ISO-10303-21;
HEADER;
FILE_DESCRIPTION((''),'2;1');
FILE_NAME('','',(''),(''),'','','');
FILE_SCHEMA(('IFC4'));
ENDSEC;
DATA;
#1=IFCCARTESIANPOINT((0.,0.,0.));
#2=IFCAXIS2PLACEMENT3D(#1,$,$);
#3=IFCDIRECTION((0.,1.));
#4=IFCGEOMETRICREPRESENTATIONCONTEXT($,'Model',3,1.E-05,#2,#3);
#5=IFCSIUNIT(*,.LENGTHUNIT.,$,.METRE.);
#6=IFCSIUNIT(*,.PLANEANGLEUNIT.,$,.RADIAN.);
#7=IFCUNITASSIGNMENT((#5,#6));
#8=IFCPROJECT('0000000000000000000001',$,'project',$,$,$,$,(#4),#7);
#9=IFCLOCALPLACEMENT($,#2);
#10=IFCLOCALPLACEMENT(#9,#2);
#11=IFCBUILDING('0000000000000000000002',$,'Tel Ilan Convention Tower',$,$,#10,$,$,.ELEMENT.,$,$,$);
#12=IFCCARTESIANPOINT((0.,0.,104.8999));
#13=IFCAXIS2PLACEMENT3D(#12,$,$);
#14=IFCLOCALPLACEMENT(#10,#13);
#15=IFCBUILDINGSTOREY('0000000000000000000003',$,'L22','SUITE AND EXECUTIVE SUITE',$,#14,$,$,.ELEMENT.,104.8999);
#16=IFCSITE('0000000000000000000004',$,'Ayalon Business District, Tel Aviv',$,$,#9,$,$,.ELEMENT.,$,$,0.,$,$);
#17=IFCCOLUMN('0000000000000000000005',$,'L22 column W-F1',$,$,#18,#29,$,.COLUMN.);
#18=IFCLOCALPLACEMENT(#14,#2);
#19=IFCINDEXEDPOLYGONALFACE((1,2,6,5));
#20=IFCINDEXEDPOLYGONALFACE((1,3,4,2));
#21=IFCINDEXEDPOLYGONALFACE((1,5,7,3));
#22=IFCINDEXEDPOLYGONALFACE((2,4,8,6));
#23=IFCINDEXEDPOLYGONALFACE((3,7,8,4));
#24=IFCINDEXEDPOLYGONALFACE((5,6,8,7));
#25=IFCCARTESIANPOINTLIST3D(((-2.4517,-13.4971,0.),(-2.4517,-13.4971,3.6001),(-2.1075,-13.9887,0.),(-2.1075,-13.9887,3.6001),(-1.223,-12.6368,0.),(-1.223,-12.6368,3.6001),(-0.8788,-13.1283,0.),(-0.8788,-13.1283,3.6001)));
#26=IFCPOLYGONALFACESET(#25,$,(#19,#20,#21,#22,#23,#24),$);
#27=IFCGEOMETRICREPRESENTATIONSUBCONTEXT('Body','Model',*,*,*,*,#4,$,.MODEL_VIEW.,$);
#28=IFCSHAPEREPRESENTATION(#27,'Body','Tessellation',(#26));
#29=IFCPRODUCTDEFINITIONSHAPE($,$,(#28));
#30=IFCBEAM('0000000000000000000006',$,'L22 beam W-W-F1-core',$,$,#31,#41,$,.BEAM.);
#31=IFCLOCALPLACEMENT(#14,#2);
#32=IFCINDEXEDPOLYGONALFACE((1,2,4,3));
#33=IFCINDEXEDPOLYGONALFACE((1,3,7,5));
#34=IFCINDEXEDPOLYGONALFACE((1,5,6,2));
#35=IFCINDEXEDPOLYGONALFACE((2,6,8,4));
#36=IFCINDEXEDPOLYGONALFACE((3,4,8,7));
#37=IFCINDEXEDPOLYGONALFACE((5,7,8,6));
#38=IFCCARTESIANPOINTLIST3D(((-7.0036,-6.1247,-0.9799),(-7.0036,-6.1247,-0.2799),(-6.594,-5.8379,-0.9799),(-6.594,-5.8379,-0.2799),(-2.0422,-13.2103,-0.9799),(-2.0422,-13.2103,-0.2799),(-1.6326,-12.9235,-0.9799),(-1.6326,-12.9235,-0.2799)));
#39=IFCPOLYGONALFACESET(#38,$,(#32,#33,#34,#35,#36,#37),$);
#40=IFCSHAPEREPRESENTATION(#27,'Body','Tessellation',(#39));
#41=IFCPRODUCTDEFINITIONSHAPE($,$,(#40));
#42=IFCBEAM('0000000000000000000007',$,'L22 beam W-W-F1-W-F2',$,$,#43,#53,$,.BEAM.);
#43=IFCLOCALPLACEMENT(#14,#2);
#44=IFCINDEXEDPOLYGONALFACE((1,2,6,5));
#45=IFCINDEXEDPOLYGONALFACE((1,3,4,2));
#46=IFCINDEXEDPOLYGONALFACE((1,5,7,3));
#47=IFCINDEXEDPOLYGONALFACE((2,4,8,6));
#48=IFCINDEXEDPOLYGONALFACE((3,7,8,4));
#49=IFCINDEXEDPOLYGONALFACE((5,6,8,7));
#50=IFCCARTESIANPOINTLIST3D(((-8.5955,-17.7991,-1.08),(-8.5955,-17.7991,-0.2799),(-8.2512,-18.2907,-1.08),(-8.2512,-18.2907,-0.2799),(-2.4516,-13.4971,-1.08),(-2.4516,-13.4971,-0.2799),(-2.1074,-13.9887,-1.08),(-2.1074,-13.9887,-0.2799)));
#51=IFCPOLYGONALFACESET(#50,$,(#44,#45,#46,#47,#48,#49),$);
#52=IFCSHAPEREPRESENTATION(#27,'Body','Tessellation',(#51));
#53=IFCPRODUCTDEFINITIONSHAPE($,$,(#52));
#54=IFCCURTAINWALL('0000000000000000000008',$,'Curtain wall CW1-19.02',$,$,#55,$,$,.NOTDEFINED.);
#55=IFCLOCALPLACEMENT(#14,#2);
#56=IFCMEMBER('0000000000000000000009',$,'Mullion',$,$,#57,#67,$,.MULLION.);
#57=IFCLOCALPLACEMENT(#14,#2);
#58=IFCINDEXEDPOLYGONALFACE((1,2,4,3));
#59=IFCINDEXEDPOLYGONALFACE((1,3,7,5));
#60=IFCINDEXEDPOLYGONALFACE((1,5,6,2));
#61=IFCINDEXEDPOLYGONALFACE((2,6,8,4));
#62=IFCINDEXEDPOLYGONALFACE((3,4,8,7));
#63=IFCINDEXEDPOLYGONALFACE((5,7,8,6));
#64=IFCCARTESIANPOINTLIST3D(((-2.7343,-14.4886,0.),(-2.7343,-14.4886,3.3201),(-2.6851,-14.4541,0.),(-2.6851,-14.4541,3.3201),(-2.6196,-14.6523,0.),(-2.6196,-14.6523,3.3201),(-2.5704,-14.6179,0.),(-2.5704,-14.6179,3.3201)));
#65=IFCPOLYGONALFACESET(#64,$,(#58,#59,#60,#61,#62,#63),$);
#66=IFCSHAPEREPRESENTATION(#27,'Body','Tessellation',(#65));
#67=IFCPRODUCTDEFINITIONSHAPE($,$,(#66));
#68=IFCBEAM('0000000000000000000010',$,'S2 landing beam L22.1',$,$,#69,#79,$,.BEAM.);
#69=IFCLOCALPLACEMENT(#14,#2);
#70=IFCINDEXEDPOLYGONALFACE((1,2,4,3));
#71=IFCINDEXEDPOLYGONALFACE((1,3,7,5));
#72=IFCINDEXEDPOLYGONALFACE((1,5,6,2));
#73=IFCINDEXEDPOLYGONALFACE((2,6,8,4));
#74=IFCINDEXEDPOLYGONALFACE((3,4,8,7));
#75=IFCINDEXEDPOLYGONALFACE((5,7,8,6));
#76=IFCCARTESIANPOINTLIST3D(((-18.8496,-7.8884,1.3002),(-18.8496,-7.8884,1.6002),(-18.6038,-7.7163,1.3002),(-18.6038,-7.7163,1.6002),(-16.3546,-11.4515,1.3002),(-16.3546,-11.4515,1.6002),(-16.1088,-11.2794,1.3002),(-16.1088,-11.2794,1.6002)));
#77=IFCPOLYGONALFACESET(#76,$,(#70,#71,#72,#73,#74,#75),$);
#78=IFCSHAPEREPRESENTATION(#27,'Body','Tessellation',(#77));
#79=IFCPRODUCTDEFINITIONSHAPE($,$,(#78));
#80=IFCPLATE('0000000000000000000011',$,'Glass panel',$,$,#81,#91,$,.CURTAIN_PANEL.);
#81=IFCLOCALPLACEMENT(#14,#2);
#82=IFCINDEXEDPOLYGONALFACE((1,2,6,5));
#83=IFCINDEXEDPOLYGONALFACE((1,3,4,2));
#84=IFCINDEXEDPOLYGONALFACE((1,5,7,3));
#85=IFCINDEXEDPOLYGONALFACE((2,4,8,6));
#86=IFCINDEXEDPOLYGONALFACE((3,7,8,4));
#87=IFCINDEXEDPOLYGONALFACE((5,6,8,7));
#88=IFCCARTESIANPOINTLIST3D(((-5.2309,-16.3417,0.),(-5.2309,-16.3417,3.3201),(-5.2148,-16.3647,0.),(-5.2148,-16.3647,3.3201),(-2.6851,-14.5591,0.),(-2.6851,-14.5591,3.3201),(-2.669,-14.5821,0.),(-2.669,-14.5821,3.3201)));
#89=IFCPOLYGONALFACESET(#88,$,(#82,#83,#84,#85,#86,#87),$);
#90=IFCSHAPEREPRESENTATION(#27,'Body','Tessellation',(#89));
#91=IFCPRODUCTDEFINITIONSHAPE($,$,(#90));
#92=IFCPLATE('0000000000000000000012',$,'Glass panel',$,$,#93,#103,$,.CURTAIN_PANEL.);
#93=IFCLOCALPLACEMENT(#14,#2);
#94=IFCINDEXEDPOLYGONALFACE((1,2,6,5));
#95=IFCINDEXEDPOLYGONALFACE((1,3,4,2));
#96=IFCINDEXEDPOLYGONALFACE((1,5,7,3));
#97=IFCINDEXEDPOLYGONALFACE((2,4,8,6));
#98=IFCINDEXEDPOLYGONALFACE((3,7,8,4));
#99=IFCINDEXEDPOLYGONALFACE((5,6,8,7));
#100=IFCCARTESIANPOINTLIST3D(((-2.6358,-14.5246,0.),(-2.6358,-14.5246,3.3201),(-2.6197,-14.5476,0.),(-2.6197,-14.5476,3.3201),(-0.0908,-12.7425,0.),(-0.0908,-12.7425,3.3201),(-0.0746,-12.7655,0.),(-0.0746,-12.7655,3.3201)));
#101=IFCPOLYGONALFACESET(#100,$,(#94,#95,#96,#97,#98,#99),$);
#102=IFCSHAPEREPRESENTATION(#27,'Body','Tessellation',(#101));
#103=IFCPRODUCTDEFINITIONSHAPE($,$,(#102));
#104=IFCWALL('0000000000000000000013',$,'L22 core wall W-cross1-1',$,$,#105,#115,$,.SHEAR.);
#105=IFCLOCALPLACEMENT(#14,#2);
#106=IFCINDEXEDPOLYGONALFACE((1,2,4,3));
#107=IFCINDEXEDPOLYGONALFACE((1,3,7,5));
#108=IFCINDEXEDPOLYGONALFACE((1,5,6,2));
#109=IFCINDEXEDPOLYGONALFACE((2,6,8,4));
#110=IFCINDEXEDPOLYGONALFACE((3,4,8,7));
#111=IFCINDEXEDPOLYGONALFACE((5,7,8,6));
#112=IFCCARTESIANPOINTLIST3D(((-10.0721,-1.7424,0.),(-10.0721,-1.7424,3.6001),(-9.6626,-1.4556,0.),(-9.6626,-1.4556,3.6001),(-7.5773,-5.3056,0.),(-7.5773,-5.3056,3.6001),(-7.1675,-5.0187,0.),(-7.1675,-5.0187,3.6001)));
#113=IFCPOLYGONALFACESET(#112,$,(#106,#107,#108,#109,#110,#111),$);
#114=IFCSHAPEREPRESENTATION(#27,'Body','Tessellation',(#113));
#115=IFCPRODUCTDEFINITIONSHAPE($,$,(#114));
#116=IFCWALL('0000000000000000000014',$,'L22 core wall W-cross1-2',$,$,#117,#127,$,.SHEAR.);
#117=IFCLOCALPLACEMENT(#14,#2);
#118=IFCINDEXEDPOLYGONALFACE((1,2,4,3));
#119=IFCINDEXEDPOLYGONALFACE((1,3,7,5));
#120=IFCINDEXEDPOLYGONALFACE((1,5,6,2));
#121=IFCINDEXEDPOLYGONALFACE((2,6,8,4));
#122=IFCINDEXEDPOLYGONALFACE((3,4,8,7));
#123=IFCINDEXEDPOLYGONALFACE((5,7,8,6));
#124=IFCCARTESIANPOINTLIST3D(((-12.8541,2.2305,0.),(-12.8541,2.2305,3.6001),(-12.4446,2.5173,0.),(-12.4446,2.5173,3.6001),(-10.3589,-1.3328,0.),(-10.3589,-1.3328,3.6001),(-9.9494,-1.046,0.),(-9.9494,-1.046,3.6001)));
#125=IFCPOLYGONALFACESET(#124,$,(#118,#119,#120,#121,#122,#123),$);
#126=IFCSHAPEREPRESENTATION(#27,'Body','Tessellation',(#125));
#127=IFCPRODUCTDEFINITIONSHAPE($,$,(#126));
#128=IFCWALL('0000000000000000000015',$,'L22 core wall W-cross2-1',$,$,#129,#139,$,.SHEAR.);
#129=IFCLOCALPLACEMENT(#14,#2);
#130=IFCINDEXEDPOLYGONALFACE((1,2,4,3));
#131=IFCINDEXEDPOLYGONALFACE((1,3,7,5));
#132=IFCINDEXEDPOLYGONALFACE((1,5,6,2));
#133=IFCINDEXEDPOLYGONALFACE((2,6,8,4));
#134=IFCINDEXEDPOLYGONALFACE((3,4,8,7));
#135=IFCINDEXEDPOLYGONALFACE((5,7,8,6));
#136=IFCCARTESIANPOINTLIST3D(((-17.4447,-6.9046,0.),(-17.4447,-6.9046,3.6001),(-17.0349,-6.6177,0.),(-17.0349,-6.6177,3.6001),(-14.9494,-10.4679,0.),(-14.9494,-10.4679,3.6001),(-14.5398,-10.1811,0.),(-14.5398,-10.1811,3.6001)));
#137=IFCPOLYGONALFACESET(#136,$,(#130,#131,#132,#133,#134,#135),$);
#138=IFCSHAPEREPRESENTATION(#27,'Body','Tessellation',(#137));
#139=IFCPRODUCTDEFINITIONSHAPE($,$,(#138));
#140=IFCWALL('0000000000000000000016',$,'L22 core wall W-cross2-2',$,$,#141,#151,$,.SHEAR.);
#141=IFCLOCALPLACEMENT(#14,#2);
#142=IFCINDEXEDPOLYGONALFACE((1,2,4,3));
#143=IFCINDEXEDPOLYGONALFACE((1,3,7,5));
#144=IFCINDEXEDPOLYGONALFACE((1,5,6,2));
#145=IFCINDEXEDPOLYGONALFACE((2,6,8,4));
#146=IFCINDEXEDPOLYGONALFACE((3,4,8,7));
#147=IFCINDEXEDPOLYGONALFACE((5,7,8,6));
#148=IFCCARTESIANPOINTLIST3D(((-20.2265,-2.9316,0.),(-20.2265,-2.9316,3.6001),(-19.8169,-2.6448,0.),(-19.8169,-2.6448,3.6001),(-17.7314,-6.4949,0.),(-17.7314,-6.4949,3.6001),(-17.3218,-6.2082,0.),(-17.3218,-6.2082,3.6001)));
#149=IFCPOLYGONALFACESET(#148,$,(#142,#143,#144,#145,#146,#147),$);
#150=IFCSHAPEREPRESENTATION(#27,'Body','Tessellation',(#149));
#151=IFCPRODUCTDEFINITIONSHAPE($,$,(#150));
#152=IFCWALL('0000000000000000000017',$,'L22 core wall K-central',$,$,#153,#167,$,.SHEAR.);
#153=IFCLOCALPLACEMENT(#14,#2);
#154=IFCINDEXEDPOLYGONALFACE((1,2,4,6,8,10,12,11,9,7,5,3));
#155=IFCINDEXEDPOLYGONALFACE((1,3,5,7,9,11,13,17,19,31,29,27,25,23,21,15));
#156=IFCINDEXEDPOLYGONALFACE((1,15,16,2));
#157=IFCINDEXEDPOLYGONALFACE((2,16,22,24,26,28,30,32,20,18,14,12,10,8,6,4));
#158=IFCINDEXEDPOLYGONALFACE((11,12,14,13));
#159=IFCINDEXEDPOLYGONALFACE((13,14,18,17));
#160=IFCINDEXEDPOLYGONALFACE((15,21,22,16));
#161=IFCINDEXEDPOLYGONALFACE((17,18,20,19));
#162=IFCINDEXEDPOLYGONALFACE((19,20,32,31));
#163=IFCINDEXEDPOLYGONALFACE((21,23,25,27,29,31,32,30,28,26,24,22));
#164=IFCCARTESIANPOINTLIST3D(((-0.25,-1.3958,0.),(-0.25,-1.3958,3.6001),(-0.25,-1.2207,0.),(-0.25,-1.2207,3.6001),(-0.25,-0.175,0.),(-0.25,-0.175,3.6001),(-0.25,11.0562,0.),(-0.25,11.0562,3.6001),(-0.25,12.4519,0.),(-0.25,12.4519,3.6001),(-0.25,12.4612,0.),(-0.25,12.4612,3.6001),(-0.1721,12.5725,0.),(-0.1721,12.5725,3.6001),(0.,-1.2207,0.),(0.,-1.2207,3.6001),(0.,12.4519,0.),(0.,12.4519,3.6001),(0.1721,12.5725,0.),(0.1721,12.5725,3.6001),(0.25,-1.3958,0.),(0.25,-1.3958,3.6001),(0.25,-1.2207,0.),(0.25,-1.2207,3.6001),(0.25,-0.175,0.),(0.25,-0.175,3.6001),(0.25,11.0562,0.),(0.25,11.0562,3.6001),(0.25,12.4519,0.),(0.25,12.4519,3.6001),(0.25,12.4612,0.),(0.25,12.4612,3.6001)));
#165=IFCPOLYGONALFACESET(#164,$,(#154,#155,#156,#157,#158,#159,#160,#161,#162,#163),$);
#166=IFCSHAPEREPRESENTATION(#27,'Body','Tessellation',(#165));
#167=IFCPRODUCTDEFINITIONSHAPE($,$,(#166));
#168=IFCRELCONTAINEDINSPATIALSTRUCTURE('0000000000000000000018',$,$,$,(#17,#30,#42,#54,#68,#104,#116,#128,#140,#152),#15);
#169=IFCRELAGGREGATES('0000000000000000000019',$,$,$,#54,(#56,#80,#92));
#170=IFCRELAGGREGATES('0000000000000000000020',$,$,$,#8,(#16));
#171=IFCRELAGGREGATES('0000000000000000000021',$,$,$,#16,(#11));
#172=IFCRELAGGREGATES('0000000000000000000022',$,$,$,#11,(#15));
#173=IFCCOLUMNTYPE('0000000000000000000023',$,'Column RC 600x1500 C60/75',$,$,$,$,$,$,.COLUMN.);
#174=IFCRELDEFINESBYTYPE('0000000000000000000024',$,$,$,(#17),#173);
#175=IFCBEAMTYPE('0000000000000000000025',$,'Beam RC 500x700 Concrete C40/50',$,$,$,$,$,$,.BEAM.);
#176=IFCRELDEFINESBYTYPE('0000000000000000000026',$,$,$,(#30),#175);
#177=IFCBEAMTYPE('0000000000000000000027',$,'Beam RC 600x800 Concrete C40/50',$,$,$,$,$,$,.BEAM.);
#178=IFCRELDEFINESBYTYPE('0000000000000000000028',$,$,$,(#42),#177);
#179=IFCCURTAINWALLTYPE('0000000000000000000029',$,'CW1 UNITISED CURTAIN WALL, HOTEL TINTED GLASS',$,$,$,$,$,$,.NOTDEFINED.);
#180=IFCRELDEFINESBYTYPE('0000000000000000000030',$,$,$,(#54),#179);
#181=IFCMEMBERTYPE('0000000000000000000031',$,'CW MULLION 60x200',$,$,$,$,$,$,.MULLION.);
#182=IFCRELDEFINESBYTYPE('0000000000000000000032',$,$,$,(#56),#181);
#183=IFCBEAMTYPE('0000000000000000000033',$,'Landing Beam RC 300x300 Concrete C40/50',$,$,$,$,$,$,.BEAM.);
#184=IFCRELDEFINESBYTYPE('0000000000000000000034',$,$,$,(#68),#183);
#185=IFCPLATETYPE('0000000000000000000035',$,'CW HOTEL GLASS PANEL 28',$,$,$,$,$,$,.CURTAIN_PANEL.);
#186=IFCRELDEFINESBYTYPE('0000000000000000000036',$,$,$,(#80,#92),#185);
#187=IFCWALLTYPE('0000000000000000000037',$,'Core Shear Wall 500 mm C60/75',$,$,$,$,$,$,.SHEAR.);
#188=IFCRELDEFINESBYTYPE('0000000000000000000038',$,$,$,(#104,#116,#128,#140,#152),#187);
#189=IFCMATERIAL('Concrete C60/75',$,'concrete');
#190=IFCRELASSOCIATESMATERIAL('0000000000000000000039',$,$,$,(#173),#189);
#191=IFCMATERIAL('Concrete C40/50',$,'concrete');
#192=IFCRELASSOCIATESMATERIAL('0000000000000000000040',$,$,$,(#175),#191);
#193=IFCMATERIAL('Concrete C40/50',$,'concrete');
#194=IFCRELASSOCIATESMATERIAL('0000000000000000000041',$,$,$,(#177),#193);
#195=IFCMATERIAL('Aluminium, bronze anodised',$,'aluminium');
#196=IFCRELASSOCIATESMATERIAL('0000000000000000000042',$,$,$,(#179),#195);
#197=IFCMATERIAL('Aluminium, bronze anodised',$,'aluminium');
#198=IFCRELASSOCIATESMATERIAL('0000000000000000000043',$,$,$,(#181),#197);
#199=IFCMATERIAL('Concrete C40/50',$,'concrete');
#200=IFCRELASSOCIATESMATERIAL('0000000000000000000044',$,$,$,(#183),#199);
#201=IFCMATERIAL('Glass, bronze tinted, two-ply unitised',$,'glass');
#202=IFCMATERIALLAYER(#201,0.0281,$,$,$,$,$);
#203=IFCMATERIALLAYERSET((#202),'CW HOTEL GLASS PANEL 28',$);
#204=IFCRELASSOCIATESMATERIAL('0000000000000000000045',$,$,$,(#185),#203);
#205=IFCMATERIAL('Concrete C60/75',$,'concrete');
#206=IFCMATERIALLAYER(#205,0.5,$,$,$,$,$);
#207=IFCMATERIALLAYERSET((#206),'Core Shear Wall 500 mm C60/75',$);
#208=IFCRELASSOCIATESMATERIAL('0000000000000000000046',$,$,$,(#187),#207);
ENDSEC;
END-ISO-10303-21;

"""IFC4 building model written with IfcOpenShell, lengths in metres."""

from ifc_helpers import new_model, si_unit, direction, frame, origin, origin_2d, place, context, subcontext, project, spatial, polyline, rectangle, outline, extrude, material, layer, layer_set, material_profile, profile_set, type_object, element, aggregate, save


model = new_model("IFC4")

# Units and contexts
model_context = context("Model", 3, precision=1e-05, world=origin(), true_north=direction((0.0, 1.0)))
body_context = subcontext(model_context, "Body", "Model", "MODEL_VIEW")
ifc_project = project(units=[si_unit("LENGTHUNIT", "METRE"), si_unit("PLANEANGLEUNIT", "RADIAN")], contexts=[model_context])

# Site, building, storey
site_placement = place(None, origin())
site = spatial("IfcSite", under=ifc_project, at=site_placement, Name="Ayalon Business District, Tel Aviv", CompositionType="ELEMENT", RefElevation=0.0)
building_placement = place(site_placement, origin())
building = spatial("IfcBuilding", under=site, at=building_placement, Name="Tel Ilan Convention Tower", CompositionType="ELEMENT")
storey_placement = place(building_placement, frame((0.0, 0.0, 104.8999)))
storey = spatial("IfcBuildingStorey", under=building, at=storey_placement, Name="L22", Description="SUITE AND EXECUTIVE SUITE", CompositionType="ELEMENT", Elevation=104.8999)

# Column
ifc_material_1 = material(Name="Concrete C60/75", Category="concrete")
ifc_material_profile_1 = material_profile(ifc_material_1, rectangle(XDim=1.5, YDim=0.6001, at=origin_2d()), Name="RC 600x1500")
ifc_profile_set_1 = profile_set([ifc_material_profile_1], Name="Concrete C60/75")
column_type = type_object("IfcColumnType", Name="Column RC 600x1500 C60/75", PredefinedType="COLUMN", material=ifc_profile_set_1)
column_placement = place(storey_placement, frame((-1.6653, -13.3127, 0.0), z_axis=(0.0, 0.0, 1.0), x_axis=(-0.819152, -0.573576, 0.0)))
element("IfcColumn", 1, at=column_placement, inside=storey, type_object=column_type, Name="L22 column W-F1", PredefinedType="COLUMN", context=body_context, shape_type="SweptSolid", body=[
    extrude(rectangle(XDim=1.5, YDim=0.6001, at=origin_2d()), origin(), (0.0, 0.0, 1.0), 3.6001),
])

# Beams
ifc_material_2 = material(Name="Concrete C40/50", Category="concrete")
ifc_material_profile_2 = material_profile(ifc_material_2, rectangle(XDim=0.5, YDim=0.7, at=origin_2d()), Name="RC 500x700")
ifc_profile_set_2 = profile_set([ifc_material_profile_2], Name="Concrete C40/50")
beam_type_1 = type_object("IfcBeamType", Name="Beam RC 500x700 Concrete C40/50", PredefinedType="BEAM", material=ifc_profile_set_2)
beam_1_placement = place(storey_placement, frame((-1.8374, -13.0669, -0.6299), z_axis=(-0.573574, 0.819154, 0.0), x_axis=(-0.819154, -0.573574, 0.0)))
element("IfcBeam", 2, at=beam_1_placement, inside=storey, type_object=beam_type_1, Name="L22 beam W-W-F1-core", PredefinedType="BEAM", context=body_context, shape_type="SweptSolid", body=[
    extrude(rectangle(XDim=0.5, YDim=0.7, at=origin_2d()), origin(), (0.0, 0.0, 1.0), 8.6499),
])
ifc_material_3 = material(Name="Concrete C40/50", Category="concrete")
ifc_material_profile_3 = material_profile(ifc_material_3, rectangle(XDim=0.6001, YDim=0.8, at=origin_2d()), Name="RC 600x800")
ifc_profile_set_3 = profile_set([ifc_material_profile_3], Name="Concrete C40/50")
beam_type_2 = type_object("IfcBeamType", Name="Beam RC 600x800 Concrete C40/50", PredefinedType="BEAM", material=ifc_profile_set_3)
beam_2_placement = place(storey_placement, frame((-2.2795, -13.7429, -0.6799), z_axis=(-0.819148, -0.573582, 0.0), x_axis=(0.573582, -0.819148, 0.0)))
element("IfcBeam", 3, at=beam_2_placement, inside=storey, type_object=beam_type_2, Name="L22 beam W-W-F1-W-F2", PredefinedType="BEAM", context=body_context, shape_type="SweptSolid", body=[
    extrude(rectangle(XDim=0.6001, YDim=0.8, at=origin_2d()), origin(), (0.0, 0.0, 1.0), 7.5002),
])

# Curtain wall, member
ifc_material_4 = material(Name="Aluminium, bronze anodised", Category="aluminium")
curtain_wall_type = type_object("IfcCurtainWallType", Name="CW1 UNITISED CURTAIN WALL, HOTEL TINTED GLASS", PredefinedType="NOTDEFINED", material=ifc_material_4)
curtain_wall_placement = place(storey_placement, origin())
curtain_wall = element("IfcCurtainWall", 4, at=curtain_wall_placement, inside=storey, type_object=curtain_wall_type, Name="Curtain wall CW1-19.02", PredefinedType="NOTDEFINED")
ifc_material_5 = material(Name="Aluminium, bronze anodised", Category="aluminium")
ifc_material_profile_4 = material_profile(ifc_material_5, rectangle(XDim=0.0601, YDim=0.2, at=origin_2d()), Name="CW MULLION 60x200")
ifc_profile_set_4 = profile_set([ifc_material_profile_4], Name="Aluminium, bronze anodised")
member_type = type_object("IfcMemberType", Name="CW MULLION 60x200", PredefinedType="MULLION", material=ifc_profile_set_4)
member_placement = place(storey_placement, frame((-2.6523, -14.5532, 0.0), z_axis=(0.0, 0.0, 1.0), x_axis=(0.819152, 0.573576, 0.0)))
member = element("IfcMember", 5, at=member_placement, type_object=member_type, Name="Mullion", PredefinedType="MULLION", context=body_context, shape_type="SweptSolid", body=[
    extrude(rectangle(XDim=0.0601, YDim=0.2, at=origin_2d()), origin(), (0.0, 0.0, 1.0), 3.3201),
])

# Beam
ifc_material_6 = material(Name="Concrete C40/50", Category="concrete")
ifc_material_profile_5 = material_profile(ifc_material_6, rectangle(XDim=0.3, YDim=0.3, at=origin_2d()), Name="RC 300x300")
ifc_profile_set_5 = profile_set([ifc_material_profile_5], Name="Concrete C40/50")
beam_type_3 = type_object("IfcBeamType", Name="Landing Beam RC 300x300 Concrete C40/50", PredefinedType="BEAM", material=ifc_profile_set_5)
beam_3_placement = place(storey_placement, frame((-16.2317, -11.3655, 1.4502), z_axis=(-0.573594, 0.81914, 0.0), x_axis=(-0.81914, -0.573594, 0.0)))
element("IfcBeam", 6, at=beam_3_placement, inside=storey, type_object=beam_type_3, Name="S2 landing beam L22.1", PredefinedType="BEAM", context=body_context, shape_type="SweptSolid", body=[
    extrude(rectangle(XDim=0.3, YDim=0.3, at=origin_2d()), origin(), (0.0, 0.0, 1.0), 4.3499),
])

# Plates
ifc_material_7 = material(Name="Glass, bronze tinted, two-ply unitised", Category="glass")
ifc_layer_1 = layer(ifc_material_7, 0.0281)
ifc_layer_set_1 = layer_set([ifc_layer_1], Name="CW HOTEL GLASS PANEL 28")
plate_type = type_object("IfcPlateType", Name="CW HOTEL GLASS PANEL 28", PredefinedType="CURTAIN_PANEL", material=ifc_layer_set_1)
plate_1_placement = place(storey_placement, frame((-3.95, -15.4619, 0.0), z_axis=(0.0, 0.0, 1.0), x_axis=(0.819152, 0.573576, 0.0)))
plate_1 = element("IfcPlate", 7, at=plate_1_placement, type_object=plate_type, Name="Glass panel", PredefinedType="CURTAIN_PANEL", context=body_context, shape_type="SweptSolid", body=[
    extrude(rectangle(XDim=3.1079, YDim=0.0281, at=origin_2d()), origin(), (0.0, 0.0, 1.0), 3.3201),
])
plate_2_placement = place(storey_placement, frame((-1.3552, -13.645, 0.0), z_axis=(0.0, 0.0, 1.0), x_axis=(0.819152, 0.573576, 0.0)))
plate_2 = element("IfcPlate", 8, at=plate_2_placement, type_object=plate_type, Name="Glass panel", PredefinedType="CURTAIN_PANEL", context=body_context, shape_type="SweptSolid", body=[
    extrude(rectangle(XDim=3.1069, YDim=0.0281, at=origin_2d()), origin(), (0.0, 0.0, 1.0), 3.3201),
])
aggregate(curtain_wall, [member, plate_1, plate_2])

# Walls
ifc_material_8 = material(Name="Concrete C60/75", Category="concrete")
ifc_layer_2 = layer(ifc_material_8, 0.5)
ifc_layer_set_2 = layer_set([ifc_layer_2], Name="Core Shear Wall 500 mm C60/75")
wall_type_1 = type_object("IfcWallType", Name="Core Shear Wall 500 mm C60/75", PredefinedType="SHEAR", material=ifc_layer_set_2)
wall_1_placement = place(storey_placement, frame((-7.3723, -5.1621, 0.0), z_axis=(0.0, 0.0, 1.0), x_axis=(-0.573594, 0.81914, 0.0)))
element("IfcWall", 9, at=wall_1_placement, inside=storey, type_object=wall_type_1, Name="L22 core wall W-cross1-1", PredefinedType="SHEAR", context=body_context, shape_type="SweptSolid", body=[
    extrude(outline(polyline([(4.3499, 0.25), (0.0, 0.2502), (0.0, -0.25), (4.3499, -0.25), (4.3499, 0.25)])), origin(), (0.0, 0.0, 1.0), 3.6001),
])
wall_2_placement = place(storey_placement, frame((-10.1543, -1.1892, 0.0), z_axis=(0.0, 0.0, 1.0), x_axis=(-0.573594, 0.81914, 0.0)))
element("IfcWall", 10, at=wall_2_placement, inside=storey, type_object=wall_type_1, Name="L22 core wall W-cross1-2", PredefinedType="SHEAR", context=body_context, shape_type="SweptSolid", body=[
    extrude(outline(polyline([(4.3499, -0.25), (4.3499, 0.25), (-0.0002, 0.25), (-0.0002, -0.25), (4.3499, -0.25)])), origin(), (0.0, 0.0, 1.0), 3.6001),
])
wall_3_placement = place(storey_placement, frame((-14.7446, -10.3245, 0.0), z_axis=(0.0, 0.0, 1.0), x_axis=(-0.573568, 0.819158, 0.0)))
element("IfcWall", 11, at=wall_3_placement, inside=storey, type_object=wall_type_1, Name="L22 core wall W-cross2-1", PredefinedType="SHEAR", context=body_context, shape_type="SweptSolid", body=[
    extrude(outline(polyline([(4.3501, 0.2502), (0.0, 0.25), (0.0, -0.25), (4.3501, -0.25), (4.3501, 0.2502)])), origin(), (0.0, 0.0, 1.0), 3.6001),
])
wall_4_placement = place(storey_placement, frame((-17.5266, -6.3516, 0.0), z_axis=(0.0, 0.0, 1.0), x_axis=(-0.57353, 0.819184, 0.0)))
element("IfcWall", 12, at=wall_4_placement, inside=storey, type_object=wall_type_1, Name="L22 core wall W-cross2-2", PredefinedType="SHEAR", context=body_context, shape_type="SweptSolid", body=[
    extrude(outline(polyline([(4.3501, -0.2498), (4.3501, 0.2502), (0.0, 0.25), (0.0, -0.25), (4.3501, -0.2498)])), origin(), (0.0, 0.0, 1.0), 3.6001),
])
wall_5_placement = place(storey_placement, frame((0.0, -1.3958, 0.0), z_axis=(0.0, 0.0, 1.0), x_axis=(0.0, 1.0, 0.0)))
element("IfcWall", 13, at=wall_5_placement, inside=storey, type_object=wall_type_1, Name="L22 core wall K-central", PredefinedType="SHEAR", context=body_context, shape_type="SweptSolid", body=[
    extrude(outline(polyline([(0.0, -0.25), (0.175, -0.25), (1.2207, -0.25), (12.4519, -0.25), (13.8477, -0.25), (13.8569, -0.25), (13.9683, -0.1721), (13.8477, 0.0), (13.9683, 0.1721), (13.8569, 0.25), (13.8477, 0.25), (12.4519, 0.25), (1.2207, 0.25), (0.175, 0.25), (0.0, 0.25), (0.175, 0.0), (0.0, -0.25)])), origin(), (0.0, 0.0, 1.0), 3.6001),
])

save(model, "model.ifc")
